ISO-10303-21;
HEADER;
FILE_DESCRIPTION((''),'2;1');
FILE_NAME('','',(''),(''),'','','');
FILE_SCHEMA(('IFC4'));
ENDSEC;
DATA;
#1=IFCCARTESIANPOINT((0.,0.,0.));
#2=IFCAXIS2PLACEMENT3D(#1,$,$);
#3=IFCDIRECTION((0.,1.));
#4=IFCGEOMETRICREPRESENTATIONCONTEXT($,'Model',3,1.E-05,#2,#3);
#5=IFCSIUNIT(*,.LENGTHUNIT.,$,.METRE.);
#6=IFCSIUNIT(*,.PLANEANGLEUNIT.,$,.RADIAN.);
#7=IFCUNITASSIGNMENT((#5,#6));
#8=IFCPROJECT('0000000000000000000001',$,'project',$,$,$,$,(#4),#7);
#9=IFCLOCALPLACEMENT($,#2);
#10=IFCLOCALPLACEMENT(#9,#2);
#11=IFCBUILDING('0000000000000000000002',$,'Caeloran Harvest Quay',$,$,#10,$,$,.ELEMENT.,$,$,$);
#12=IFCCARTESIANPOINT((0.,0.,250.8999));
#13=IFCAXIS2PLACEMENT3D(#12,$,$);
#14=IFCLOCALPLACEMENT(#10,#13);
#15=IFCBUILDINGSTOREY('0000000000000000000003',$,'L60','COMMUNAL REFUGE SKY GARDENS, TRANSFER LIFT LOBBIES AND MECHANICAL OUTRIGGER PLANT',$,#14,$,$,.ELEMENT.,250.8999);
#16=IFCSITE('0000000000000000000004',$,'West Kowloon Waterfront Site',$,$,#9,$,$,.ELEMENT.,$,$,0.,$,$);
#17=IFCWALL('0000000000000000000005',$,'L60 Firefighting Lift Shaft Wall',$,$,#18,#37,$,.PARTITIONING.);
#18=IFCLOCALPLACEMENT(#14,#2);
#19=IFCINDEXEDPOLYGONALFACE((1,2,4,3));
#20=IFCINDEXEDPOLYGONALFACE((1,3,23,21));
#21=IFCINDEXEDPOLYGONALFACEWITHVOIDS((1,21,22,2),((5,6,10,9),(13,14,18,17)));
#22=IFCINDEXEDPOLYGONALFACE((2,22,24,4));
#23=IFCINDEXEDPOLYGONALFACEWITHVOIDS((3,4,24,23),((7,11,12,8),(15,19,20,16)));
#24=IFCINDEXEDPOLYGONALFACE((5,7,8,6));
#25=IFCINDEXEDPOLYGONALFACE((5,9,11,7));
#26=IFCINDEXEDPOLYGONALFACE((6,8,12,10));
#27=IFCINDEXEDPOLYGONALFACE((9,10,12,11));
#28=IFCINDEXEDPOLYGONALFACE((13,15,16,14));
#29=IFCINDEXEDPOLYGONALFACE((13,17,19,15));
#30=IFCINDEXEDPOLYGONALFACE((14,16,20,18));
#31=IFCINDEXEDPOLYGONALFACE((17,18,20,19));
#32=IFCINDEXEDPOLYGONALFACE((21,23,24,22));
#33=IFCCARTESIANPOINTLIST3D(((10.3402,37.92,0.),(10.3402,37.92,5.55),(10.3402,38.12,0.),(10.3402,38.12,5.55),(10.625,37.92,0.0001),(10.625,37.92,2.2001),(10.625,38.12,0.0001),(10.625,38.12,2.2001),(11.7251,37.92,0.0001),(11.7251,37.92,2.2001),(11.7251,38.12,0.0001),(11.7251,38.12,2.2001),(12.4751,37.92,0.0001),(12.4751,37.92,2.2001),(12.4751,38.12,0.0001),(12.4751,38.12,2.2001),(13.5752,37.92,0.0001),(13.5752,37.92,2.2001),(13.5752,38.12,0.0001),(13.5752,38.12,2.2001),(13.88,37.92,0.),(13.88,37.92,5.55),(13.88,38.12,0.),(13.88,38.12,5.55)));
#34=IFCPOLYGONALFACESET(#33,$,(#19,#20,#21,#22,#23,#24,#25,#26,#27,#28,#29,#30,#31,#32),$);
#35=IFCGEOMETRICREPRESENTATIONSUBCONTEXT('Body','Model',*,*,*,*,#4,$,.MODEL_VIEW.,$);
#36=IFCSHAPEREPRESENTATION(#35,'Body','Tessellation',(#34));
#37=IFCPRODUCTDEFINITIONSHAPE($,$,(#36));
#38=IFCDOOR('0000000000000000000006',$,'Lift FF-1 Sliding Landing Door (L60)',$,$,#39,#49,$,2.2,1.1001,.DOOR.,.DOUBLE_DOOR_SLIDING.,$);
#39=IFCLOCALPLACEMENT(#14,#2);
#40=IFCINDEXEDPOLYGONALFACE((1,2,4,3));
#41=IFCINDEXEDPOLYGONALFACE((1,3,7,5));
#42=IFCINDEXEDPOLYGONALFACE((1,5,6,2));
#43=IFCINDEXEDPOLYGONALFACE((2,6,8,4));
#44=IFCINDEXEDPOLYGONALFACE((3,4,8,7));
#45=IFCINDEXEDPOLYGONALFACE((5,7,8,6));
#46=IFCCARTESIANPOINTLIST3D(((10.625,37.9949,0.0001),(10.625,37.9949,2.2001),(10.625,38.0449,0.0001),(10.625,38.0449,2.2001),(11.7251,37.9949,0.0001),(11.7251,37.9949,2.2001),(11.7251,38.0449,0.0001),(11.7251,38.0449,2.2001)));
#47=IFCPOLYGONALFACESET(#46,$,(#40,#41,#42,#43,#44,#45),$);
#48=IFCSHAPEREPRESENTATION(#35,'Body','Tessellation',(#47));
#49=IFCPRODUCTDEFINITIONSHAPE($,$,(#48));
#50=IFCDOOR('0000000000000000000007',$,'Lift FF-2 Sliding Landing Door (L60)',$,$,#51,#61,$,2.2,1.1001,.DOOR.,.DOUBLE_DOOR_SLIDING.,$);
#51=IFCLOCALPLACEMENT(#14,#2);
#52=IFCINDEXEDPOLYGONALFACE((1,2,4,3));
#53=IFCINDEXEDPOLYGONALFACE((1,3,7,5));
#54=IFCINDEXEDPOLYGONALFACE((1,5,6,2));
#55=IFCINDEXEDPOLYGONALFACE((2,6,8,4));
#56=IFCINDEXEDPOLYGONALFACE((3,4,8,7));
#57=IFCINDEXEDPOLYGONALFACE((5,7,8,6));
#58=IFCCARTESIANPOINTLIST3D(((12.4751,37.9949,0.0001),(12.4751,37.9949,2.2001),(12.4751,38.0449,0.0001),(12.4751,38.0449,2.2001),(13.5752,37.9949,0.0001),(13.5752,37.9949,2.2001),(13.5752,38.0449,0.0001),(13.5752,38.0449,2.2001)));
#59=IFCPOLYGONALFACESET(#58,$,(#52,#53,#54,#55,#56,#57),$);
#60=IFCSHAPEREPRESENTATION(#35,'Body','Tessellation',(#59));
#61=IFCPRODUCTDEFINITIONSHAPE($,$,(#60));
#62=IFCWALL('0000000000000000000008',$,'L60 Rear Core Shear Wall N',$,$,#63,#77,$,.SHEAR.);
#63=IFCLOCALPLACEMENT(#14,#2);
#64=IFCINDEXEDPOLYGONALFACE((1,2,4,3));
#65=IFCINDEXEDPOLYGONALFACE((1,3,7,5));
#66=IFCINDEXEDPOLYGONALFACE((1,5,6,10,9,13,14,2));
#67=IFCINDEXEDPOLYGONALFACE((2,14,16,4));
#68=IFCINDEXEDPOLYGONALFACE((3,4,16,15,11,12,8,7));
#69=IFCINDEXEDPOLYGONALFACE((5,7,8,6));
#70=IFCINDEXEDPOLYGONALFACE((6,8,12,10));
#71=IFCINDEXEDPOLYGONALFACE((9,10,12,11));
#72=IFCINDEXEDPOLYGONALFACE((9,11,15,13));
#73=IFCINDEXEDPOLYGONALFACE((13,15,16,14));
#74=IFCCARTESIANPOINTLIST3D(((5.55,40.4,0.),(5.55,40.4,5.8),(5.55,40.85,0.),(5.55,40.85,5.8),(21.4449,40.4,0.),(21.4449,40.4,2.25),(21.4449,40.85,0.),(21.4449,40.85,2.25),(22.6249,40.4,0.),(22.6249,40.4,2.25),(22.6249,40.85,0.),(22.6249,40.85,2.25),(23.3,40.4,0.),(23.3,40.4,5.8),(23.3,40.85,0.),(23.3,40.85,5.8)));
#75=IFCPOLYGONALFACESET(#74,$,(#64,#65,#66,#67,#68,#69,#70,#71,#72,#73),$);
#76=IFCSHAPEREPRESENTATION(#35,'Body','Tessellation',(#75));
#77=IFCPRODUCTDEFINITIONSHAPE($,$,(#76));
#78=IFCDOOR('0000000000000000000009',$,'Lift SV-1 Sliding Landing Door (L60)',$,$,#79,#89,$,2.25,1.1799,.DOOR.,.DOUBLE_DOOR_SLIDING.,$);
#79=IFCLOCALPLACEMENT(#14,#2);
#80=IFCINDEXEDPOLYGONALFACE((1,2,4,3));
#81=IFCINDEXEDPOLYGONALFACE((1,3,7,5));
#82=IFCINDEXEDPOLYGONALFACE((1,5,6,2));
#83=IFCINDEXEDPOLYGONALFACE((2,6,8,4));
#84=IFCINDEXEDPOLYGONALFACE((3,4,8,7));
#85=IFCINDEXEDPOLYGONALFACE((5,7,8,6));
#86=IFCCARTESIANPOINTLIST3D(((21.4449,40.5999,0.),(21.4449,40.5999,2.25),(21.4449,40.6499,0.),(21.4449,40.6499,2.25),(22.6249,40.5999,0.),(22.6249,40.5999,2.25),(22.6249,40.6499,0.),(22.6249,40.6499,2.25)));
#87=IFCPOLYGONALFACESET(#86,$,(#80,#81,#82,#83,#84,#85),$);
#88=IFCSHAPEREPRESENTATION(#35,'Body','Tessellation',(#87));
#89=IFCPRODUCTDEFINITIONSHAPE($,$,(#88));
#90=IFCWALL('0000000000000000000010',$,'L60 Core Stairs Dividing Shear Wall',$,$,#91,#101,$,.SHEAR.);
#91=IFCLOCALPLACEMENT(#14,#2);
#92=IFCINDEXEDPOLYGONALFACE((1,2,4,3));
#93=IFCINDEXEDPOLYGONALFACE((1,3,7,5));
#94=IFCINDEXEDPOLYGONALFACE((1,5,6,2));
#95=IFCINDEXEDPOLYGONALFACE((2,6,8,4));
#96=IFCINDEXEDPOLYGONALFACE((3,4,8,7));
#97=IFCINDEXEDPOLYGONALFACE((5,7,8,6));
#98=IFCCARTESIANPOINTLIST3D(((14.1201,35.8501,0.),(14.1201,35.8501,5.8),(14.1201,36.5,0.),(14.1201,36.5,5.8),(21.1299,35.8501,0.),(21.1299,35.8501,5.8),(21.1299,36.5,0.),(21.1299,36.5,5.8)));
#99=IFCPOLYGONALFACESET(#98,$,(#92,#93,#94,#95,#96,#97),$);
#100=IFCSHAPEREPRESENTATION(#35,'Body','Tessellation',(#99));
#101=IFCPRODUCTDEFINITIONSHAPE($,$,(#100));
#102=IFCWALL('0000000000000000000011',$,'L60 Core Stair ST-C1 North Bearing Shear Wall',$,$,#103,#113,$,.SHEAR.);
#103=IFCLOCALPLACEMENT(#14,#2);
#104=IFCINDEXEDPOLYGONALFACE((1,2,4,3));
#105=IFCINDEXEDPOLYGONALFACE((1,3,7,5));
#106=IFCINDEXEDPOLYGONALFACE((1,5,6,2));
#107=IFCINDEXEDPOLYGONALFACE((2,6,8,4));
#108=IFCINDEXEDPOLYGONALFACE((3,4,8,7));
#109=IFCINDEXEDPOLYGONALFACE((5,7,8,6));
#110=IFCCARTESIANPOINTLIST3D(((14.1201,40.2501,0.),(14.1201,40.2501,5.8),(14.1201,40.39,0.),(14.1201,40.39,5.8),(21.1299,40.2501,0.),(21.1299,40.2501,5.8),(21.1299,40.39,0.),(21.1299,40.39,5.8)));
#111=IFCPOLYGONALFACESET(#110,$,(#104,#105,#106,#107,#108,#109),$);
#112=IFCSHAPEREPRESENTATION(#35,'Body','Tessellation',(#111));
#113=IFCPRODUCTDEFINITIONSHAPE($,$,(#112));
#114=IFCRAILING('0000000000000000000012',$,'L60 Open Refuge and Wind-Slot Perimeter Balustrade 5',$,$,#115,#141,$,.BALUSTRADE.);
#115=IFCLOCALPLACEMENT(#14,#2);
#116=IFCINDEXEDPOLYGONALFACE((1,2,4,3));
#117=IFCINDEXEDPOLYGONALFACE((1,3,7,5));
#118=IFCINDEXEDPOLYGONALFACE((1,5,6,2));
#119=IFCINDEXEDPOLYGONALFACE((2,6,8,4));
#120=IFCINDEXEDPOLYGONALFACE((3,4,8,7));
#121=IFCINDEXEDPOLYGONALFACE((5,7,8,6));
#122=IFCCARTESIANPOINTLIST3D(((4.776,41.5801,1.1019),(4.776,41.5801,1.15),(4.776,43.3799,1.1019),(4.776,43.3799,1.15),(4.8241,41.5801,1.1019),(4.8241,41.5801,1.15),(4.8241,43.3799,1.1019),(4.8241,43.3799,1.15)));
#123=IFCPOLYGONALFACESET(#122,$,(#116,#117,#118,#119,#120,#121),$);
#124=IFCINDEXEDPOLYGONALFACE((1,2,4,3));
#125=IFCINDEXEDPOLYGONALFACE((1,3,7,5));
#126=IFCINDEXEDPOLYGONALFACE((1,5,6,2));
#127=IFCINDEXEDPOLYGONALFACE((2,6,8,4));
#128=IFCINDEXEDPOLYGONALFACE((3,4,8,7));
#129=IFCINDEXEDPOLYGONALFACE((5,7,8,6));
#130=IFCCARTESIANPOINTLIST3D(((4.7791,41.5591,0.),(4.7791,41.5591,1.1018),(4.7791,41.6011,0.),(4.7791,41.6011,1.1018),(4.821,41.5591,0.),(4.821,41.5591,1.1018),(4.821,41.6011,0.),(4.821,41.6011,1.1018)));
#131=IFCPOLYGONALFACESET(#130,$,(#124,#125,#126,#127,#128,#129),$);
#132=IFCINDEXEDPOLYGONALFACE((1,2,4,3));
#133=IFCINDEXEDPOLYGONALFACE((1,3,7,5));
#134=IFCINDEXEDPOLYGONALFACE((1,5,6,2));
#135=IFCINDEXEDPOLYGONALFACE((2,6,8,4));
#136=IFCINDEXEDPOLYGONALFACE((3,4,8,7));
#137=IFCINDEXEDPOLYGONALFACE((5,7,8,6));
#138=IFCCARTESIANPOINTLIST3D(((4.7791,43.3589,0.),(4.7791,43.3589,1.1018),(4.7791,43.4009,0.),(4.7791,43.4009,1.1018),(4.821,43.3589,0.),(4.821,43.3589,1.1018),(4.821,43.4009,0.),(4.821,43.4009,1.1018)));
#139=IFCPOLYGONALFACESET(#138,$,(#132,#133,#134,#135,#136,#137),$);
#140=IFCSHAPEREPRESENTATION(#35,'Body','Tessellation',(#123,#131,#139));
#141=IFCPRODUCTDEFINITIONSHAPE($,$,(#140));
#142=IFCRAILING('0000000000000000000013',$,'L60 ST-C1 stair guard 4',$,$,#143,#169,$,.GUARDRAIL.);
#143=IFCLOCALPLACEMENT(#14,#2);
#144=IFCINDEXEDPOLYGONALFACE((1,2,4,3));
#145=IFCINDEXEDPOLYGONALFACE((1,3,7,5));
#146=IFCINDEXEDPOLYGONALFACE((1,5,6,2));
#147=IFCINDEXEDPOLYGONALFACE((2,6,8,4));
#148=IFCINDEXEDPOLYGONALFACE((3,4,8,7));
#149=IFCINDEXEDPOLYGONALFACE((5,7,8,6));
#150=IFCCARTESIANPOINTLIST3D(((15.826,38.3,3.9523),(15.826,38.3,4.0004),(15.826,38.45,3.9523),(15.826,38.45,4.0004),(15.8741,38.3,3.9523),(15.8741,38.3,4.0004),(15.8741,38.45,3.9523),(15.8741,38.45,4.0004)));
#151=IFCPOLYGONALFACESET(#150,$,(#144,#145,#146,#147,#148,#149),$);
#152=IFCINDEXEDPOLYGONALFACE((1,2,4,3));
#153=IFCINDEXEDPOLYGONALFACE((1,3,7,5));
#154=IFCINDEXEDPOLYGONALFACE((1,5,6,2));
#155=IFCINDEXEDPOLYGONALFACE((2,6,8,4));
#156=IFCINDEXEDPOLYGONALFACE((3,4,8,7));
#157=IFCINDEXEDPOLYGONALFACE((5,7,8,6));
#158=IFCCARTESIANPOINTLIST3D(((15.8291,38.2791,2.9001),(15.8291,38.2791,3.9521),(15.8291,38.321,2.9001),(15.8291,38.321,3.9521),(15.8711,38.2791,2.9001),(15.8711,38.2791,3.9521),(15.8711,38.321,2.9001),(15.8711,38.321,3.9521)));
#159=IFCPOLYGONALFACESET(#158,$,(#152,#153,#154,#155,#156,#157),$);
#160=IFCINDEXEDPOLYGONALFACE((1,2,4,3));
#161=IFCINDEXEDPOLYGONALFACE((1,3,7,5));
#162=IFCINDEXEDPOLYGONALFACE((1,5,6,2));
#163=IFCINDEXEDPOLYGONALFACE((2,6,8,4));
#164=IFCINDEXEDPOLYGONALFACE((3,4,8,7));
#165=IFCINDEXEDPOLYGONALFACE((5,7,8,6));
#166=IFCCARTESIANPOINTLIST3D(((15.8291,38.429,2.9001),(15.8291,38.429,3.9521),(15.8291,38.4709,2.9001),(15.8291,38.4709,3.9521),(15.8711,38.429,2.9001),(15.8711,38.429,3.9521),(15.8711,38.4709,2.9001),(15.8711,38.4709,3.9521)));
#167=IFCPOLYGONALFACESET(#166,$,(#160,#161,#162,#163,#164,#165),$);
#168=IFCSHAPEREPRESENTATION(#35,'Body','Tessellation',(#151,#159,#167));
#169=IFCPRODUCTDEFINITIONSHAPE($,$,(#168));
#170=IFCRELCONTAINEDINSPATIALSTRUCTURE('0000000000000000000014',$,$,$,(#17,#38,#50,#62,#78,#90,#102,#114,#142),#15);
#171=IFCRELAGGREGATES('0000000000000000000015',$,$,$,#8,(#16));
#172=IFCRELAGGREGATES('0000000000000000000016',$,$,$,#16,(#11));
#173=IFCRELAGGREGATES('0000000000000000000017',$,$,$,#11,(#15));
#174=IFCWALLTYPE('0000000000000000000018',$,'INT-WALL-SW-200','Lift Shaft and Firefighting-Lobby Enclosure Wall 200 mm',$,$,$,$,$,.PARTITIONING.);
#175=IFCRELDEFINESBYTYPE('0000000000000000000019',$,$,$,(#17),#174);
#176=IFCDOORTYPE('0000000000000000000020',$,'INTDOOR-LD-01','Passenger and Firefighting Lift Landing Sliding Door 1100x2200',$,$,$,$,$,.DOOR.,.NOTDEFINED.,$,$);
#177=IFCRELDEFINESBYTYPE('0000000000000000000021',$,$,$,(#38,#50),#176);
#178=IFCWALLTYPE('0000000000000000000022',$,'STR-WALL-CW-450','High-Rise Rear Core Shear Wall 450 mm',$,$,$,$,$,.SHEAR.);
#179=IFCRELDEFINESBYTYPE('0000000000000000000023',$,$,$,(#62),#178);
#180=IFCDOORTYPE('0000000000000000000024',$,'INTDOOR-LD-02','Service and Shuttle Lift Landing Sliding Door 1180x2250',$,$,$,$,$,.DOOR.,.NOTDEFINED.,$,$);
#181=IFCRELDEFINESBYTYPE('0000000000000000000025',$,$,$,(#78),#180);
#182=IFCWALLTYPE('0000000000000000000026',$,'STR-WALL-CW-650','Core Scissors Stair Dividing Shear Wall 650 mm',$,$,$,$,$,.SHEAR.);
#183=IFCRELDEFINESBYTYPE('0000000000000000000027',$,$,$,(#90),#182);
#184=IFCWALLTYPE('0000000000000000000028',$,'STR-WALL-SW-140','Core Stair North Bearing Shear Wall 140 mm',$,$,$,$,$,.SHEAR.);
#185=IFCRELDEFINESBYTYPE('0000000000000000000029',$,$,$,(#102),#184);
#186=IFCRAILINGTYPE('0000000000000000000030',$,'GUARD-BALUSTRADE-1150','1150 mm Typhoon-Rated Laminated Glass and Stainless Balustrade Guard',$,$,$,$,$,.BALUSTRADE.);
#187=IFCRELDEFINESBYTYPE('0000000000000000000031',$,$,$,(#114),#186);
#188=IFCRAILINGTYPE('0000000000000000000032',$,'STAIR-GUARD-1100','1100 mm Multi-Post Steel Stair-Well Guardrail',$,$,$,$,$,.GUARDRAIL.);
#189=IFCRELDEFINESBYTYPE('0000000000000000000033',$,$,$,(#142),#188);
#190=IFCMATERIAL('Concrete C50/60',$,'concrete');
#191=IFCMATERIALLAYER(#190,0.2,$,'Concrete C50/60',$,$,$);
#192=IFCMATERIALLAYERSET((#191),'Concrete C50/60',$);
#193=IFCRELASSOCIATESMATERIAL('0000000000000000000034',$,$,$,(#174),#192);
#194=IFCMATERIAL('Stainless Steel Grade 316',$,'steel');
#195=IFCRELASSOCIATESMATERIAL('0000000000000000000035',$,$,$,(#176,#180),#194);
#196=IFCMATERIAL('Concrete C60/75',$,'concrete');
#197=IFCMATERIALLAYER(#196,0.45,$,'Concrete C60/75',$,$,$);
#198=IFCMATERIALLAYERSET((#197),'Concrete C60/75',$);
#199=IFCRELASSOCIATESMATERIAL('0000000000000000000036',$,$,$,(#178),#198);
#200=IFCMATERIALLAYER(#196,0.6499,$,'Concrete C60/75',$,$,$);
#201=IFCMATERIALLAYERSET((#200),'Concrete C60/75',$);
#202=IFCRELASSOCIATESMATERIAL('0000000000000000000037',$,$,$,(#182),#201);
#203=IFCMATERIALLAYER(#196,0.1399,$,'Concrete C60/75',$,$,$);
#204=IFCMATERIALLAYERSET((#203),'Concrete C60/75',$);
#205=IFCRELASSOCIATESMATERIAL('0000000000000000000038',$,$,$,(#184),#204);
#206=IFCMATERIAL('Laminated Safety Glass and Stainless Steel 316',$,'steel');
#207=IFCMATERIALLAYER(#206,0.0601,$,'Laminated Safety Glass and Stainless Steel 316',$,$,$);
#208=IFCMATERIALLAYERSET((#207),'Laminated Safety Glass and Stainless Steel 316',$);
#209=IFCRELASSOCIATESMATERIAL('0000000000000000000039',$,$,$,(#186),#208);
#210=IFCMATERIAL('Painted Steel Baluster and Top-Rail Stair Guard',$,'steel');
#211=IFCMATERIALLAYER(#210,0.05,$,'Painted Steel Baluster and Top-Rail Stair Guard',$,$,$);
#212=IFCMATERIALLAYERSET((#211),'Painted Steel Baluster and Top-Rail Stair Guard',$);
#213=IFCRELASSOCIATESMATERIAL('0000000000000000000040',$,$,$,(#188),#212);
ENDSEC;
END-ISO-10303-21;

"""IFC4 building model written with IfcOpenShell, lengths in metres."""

from ifc_helpers import new_model, si_unit, direction, frame, frame_2d, origin, origin_2d, place, context, subcontext, project, spatial, rectangle, extrude, material, layer, layer_set, type_object, element, fill, save


model = new_model("IFC4")

# Units and contexts
model_context = context("Model", 3, precision=1e-05, world=origin(), true_north=direction((0.0, 1.0)))
body_context = subcontext(model_context, "Body", "Model", "MODEL_VIEW")
ifc_project = project(units=[si_unit("LENGTHUNIT", "METRE"), si_unit("PLANEANGLEUNIT", "RADIAN")], contexts=[model_context])

# Site, building, storey
site_placement = place(None, origin())
site = spatial("IfcSite", under=ifc_project, at=site_placement, Name="West Kowloon Waterfront Site", CompositionType="ELEMENT", RefElevation=0.0)
building_placement = place(site_placement, origin())
building = spatial("IfcBuilding", under=site, at=building_placement, Name="Caeloran Harvest Quay", CompositionType="ELEMENT")
storey_placement = place(building_placement, frame((0.0, 0.0, 250.8999)))
storey = spatial("IfcBuildingStorey", under=building, at=storey_placement, Name="L60", Description="COMMUNAL REFUGE SKY GARDENS, TRANSFER LIFT LOBBIES AND MECHANICAL OUTRIGGER PLANT", CompositionType="ELEMENT", Elevation=250.8999)

# Shared definitions
ifc_material_1 = material(Name="Concrete C50/60", Category="concrete")
ifc_layer_1 = layer(ifc_material_1, 0.2, Name="Concrete C50/60")
ifc_layer_set_1 = layer_set([ifc_layer_1], Name="Concrete C50/60")
wall_type_1 = type_object("IfcWallType", Name="INT-WALL-SW-200", Description="Lift Shaft and Firefighting-Lobby Enclosure Wall 200 mm", PredefinedType="PARTITIONING", material=ifc_layer_set_1)

# Wall, openings, doors
wall_1_placement = place(storey_placement, frame((10.3401, 38.02, 0.0), z_axis=(0.0, 0.0, 1.0), x_axis=(1.0, 0.0, 0.0)))
wall_1 = element("IfcWall", 1, at=wall_1_placement, inside=storey, type_object=wall_type_1, Name="L60 Firefighting Lift Shaft Wall", PredefinedType="PARTITIONING", context=body_context, shape_type="SweptSolid", body=[
    extrude(rectangle(XDim=3.5398, YDim=0.2, at=frame_2d((1.77, 0.0))), origin(), (0.0, 0.0, 1.0), 5.55),
])
opening_1_placement = place(wall_1_placement, frame((0.2849, 0.0, 0.0)))
opening_1 = element("IfcOpeningElement", 2, at=opening_1_placement, cuts=wall_1, PredefinedType="OPENING", context=body_context, shape_type="SweptSolid", body=[
    extrude(rectangle(XDim=1.1001, YDim=2.2, at=frame_2d((0.55, 1.1001))), frame((0.0, 0.1099, 0.0), z_axis=(0.0, -1.0, 0.0), x_axis=(1.0, 0.0, 0.0)), (0.0, 0.0, 1.0), 0.22),
])
opening_2_placement = place(wall_1_placement, frame((2.135, 0.0, 0.0)))
opening_2 = element("IfcOpeningElement", 3, at=opening_2_placement, cuts=wall_1, PredefinedType="OPENING", context=body_context, shape_type="SweptSolid", body=[
    extrude(rectangle(XDim=1.1001, YDim=2.2, at=frame_2d((0.55, 1.1001))), frame((0.0, 0.1099, 0.0), z_axis=(0.0, -1.0, 0.0), x_axis=(1.0, 0.0, 0.0)), (0.0, 0.0, 1.0), 0.22),
])
ifc_material_2 = material(Name="Stainless Steel Grade 316", Category="steel")
door_type_1 = type_object("IfcDoorType", Name="INTDOOR-LD-01", Description="Passenger and Firefighting Lift Landing Sliding Door 1100x2200", OperationType="NOTDEFINED", PredefinedType="DOOR", material=ifc_material_2)
door_1_placement = place(opening_1_placement, origin())
door_1 = element("IfcDoor", 4, at=door_1_placement, inside=storey, type_object=door_type_1, Name="Lift FF-1 Sliding Landing Door (L60)", OperationType="DOUBLE_DOOR_SLIDING", OverallHeight=2.2, OverallWidth=1.1001, PredefinedType="DOOR", context=body_context, shape_type="SweptSolid", body=[
    extrude(rectangle(XDim=1.1001, YDim=2.2, at=frame_2d((0.55, 1.1001))), frame((0.0, 0.0249, 0.0), z_axis=(0.0, -1.0, 0.0), x_axis=(1.0, 0.0, 0.0)), (0.0, 0.0, 1.0), 0.05),
])
fill(opening_1, door_1)
door_2_placement = place(opening_2_placement, origin())
door_2 = element("IfcDoor", 5, at=door_2_placement, inside=storey, type_object=door_type_1, Name="Lift FF-2 Sliding Landing Door (L60)", OperationType="DOUBLE_DOOR_SLIDING", OverallHeight=2.2, OverallWidth=1.1001, PredefinedType="DOOR", context=body_context, shape_type="SweptSolid", body=[
    extrude(rectangle(XDim=1.1001, YDim=2.2, at=frame_2d((0.55, 1.1001))), frame((0.0, 0.0249, 0.0), z_axis=(0.0, -1.0, 0.0), x_axis=(1.0, 0.0, 0.0)), (0.0, 0.0, 1.0), 0.05),
])
fill(opening_2, door_2)

# Wall, opening, door
ifc_material_3 = material(Name="Concrete C60/75", Category="concrete")
ifc_layer_2 = layer(ifc_material_3, 0.45, Name="Concrete C60/75")
ifc_layer_set_2 = layer_set([ifc_layer_2], Name="Concrete C60/75")
wall_type_2 = type_object("IfcWallType", Name="STR-WALL-CW-450", Description="High-Rise Rear Core Shear Wall 450 mm", PredefinedType="SHEAR", material=ifc_layer_set_2)
wall_2_placement = place(storey_placement, frame((5.55, 40.625, 0.0), z_axis=(0.0, 0.0, 1.0), x_axis=(1.0, 0.0, 0.0)))
wall_2 = element("IfcWall", 6, at=wall_2_placement, inside=storey, type_object=wall_type_2, Name="L60 Rear Core Shear Wall N", PredefinedType="SHEAR", context=body_context, shape_type="SweptSolid", body=[
    extrude(rectangle(XDim=17.75, YDim=0.45, at=frame_2d((8.875, 0.0))), origin(), (0.0, 0.0, 1.0), 5.8),
])
opening_3_placement = place(wall_2_placement, frame((15.895, 0.0, 0.0)))
opening_3 = element("IfcOpeningElement", 7, at=opening_3_placement, cuts=wall_2, PredefinedType="OPENING", context=body_context, shape_type="SweptSolid", body=[
    extrude(rectangle(XDim=1.1799, YDim=2.25, at=frame_2d((0.5898, 1.125))), frame((0.0, 0.2349, 0.0), z_axis=(0.0, -1.0, 0.0), x_axis=(1.0, 0.0, 0.0)), (0.0, 0.0, 1.0), 0.47),
])
door_type_2 = type_object("IfcDoorType", Name="INTDOOR-LD-02", Description="Service and Shuttle Lift Landing Sliding Door 1180x2250", OperationType="NOTDEFINED", PredefinedType="DOOR", material=ifc_material_2)
door_3_placement = place(opening_3_placement, origin())
door_3 = element("IfcDoor", 8, at=door_3_placement, inside=storey, type_object=door_type_2, Name="Lift SV-1 Sliding Landing Door (L60)", OperationType="DOUBLE_DOOR_SLIDING", OverallHeight=2.25, OverallWidth=1.1799, PredefinedType="DOOR", context=body_context, shape_type="SweptSolid", body=[
    extrude(rectangle(XDim=1.1799, YDim=2.25, at=frame_2d((0.5898, 1.125))), frame((0.0, 0.0249, 0.0), z_axis=(0.0, -1.0, 0.0), x_axis=(1.0, 0.0, 0.0)), (0.0, 0.0, 1.0), 0.05),
])
fill(opening_3, door_3)

# Walls
ifc_layer_3 = layer(ifc_material_3, 0.6499, Name="Concrete C60/75")
ifc_layer_set_3 = layer_set([ifc_layer_3], Name="Concrete C60/75")
wall_type_3 = type_object("IfcWallType", Name="STR-WALL-CW-650", Description="Core Scissors Stair Dividing Shear Wall 650 mm", PredefinedType="SHEAR", material=ifc_layer_set_3)
wall_3_placement = place(storey_placement, frame((14.1201, 36.175, 0.0), z_axis=(0.0, 0.0, 1.0), x_axis=(1.0, 0.0, 0.0)))
element("IfcWall", 9, at=wall_3_placement, inside=storey, type_object=wall_type_3, Name="L60 Core Stairs Dividing Shear Wall", PredefinedType="SHEAR", context=body_context, shape_type="SweptSolid", body=[
    extrude(rectangle(XDim=7.0098, YDim=0.6499, at=frame_2d((3.5049, 0.0))), origin(), (0.0, 0.0, 1.0), 5.8),
])
ifc_layer_4 = layer(ifc_material_3, 0.1399, Name="Concrete C60/75")
ifc_layer_set_4 = layer_set([ifc_layer_4], Name="Concrete C60/75")
wall_type_4 = type_object("IfcWallType", Name="STR-WALL-SW-140", Description="Core Stair North Bearing Shear Wall 140 mm", PredefinedType="SHEAR", material=ifc_layer_set_4)
wall_4_placement = place(storey_placement, frame((14.1201, 40.3201, 0.0), z_axis=(0.0, 0.0, 1.0), x_axis=(1.0, 0.0, 0.0)))
element("IfcWall", 10, at=wall_4_placement, inside=storey, type_object=wall_type_4, Name="L60 Core Stair ST-C1 North Bearing Shear Wall", PredefinedType="SHEAR", context=body_context, shape_type="SweptSolid", body=[
    extrude(rectangle(XDim=7.0098, YDim=0.1399, at=frame_2d((3.5049, 0.0))), origin(), (0.0, 0.0, 1.0), 5.8),
])

# Railings
ifc_material_4 = material(Name="Laminated Safety Glass and Stainless Steel 316", Category="steel")
ifc_layer_5 = layer(ifc_material_4, 0.0601, Name="Laminated Safety Glass and Stainless Steel 316")
ifc_layer_set_5 = layer_set([ifc_layer_5], Name="Laminated Safety Glass and Stainless Steel 316")
railing_type_1 = type_object("IfcRailingType", Name="GUARD-BALUSTRADE-1150", Description="1150 mm Typhoon-Rated Laminated Glass and Stainless Balustrade Guard", PredefinedType="BALUSTRADE", material=ifc_layer_set_5)
railing_placement = place(storey_placement, frame((4.8, 41.5801, 0.0)))
element("IfcRailing", 11, at=railing_placement, inside=storey, type_object=railing_type_1, Name="L60 Open Refuge and Wind-Slot Perimeter Balustrade 5", PredefinedType="BALUSTRADE", context=body_context, shape_type="SweptSolid", body=[
    extrude(rectangle(XDim=0.0481, YDim=0.0481, at=origin_2d()), frame((0.0, 0.0, 1.126), z_axis=(0.0, 1.0, 0.0), x_axis=(-1.0, 0.0, 0.0)), (0.0, 0.0, 1.0), 1.7998),
    extrude(rectangle(XDim=0.042, YDim=0.042, at=origin_2d()), origin(), (0.0, 0.0, 1.0), 1.1018),
    extrude(rectangle(XDim=0.042, YDim=0.042, at=origin_2d()), frame((0.0, 1.7998, 0.0)), (0.0, 0.0, 1.0), 1.1018),
])
ifc_material_5 = material(Name="Painted Steel Baluster and Top-Rail Stair Guard", Category="steel")
ifc_layer_6 = layer(ifc_material_5, 0.05, Name="Painted Steel Baluster and Top-Rail Stair Guard")
ifc_layer_set_6 = layer_set([ifc_layer_6], Name="Painted Steel Baluster and Top-Rail Stair Guard")
railing_type_2 = type_object("IfcRailingType", Name="STAIR-GUARD-1100", Description="1100 mm Multi-Post Steel Stair-Well Guardrail", PredefinedType="GUARDRAIL", material=ifc_layer_set_6)
for number, where, name in (
    (12, (15.8501, 38.3, 2.9001), "L60 ST-C1 stair guard 4"),
):
    element("IfcRailing", number, at=place(storey_placement, frame(where)), inside=storey, type_object=railing_type_2, Name=name, PredefinedType="GUARDRAIL", context=body_context, shape_type="SweptSolid", body=[
        extrude(rectangle(XDim=0.0481, YDim=0.0481, at=origin_2d()), frame((0.0, 0.0, 1.0762), z_axis=(0.0, 1.0, 0.0), x_axis=(-1.0, 0.0, 0.0)), (0.0, 0.0, 1.0), 0.1499),
        extrude(rectangle(XDim=0.042, YDim=0.042, at=origin_2d()), origin(), (0.0, 0.0, 1.0), 1.052),
        extrude(rectangle(XDim=0.042, YDim=0.042, at=origin_2d()), frame((0.0, 0.1499, 0.0)), (0.0, 0.0, 1.0), 1.052),
    ])

save(model, "model.ifc")
